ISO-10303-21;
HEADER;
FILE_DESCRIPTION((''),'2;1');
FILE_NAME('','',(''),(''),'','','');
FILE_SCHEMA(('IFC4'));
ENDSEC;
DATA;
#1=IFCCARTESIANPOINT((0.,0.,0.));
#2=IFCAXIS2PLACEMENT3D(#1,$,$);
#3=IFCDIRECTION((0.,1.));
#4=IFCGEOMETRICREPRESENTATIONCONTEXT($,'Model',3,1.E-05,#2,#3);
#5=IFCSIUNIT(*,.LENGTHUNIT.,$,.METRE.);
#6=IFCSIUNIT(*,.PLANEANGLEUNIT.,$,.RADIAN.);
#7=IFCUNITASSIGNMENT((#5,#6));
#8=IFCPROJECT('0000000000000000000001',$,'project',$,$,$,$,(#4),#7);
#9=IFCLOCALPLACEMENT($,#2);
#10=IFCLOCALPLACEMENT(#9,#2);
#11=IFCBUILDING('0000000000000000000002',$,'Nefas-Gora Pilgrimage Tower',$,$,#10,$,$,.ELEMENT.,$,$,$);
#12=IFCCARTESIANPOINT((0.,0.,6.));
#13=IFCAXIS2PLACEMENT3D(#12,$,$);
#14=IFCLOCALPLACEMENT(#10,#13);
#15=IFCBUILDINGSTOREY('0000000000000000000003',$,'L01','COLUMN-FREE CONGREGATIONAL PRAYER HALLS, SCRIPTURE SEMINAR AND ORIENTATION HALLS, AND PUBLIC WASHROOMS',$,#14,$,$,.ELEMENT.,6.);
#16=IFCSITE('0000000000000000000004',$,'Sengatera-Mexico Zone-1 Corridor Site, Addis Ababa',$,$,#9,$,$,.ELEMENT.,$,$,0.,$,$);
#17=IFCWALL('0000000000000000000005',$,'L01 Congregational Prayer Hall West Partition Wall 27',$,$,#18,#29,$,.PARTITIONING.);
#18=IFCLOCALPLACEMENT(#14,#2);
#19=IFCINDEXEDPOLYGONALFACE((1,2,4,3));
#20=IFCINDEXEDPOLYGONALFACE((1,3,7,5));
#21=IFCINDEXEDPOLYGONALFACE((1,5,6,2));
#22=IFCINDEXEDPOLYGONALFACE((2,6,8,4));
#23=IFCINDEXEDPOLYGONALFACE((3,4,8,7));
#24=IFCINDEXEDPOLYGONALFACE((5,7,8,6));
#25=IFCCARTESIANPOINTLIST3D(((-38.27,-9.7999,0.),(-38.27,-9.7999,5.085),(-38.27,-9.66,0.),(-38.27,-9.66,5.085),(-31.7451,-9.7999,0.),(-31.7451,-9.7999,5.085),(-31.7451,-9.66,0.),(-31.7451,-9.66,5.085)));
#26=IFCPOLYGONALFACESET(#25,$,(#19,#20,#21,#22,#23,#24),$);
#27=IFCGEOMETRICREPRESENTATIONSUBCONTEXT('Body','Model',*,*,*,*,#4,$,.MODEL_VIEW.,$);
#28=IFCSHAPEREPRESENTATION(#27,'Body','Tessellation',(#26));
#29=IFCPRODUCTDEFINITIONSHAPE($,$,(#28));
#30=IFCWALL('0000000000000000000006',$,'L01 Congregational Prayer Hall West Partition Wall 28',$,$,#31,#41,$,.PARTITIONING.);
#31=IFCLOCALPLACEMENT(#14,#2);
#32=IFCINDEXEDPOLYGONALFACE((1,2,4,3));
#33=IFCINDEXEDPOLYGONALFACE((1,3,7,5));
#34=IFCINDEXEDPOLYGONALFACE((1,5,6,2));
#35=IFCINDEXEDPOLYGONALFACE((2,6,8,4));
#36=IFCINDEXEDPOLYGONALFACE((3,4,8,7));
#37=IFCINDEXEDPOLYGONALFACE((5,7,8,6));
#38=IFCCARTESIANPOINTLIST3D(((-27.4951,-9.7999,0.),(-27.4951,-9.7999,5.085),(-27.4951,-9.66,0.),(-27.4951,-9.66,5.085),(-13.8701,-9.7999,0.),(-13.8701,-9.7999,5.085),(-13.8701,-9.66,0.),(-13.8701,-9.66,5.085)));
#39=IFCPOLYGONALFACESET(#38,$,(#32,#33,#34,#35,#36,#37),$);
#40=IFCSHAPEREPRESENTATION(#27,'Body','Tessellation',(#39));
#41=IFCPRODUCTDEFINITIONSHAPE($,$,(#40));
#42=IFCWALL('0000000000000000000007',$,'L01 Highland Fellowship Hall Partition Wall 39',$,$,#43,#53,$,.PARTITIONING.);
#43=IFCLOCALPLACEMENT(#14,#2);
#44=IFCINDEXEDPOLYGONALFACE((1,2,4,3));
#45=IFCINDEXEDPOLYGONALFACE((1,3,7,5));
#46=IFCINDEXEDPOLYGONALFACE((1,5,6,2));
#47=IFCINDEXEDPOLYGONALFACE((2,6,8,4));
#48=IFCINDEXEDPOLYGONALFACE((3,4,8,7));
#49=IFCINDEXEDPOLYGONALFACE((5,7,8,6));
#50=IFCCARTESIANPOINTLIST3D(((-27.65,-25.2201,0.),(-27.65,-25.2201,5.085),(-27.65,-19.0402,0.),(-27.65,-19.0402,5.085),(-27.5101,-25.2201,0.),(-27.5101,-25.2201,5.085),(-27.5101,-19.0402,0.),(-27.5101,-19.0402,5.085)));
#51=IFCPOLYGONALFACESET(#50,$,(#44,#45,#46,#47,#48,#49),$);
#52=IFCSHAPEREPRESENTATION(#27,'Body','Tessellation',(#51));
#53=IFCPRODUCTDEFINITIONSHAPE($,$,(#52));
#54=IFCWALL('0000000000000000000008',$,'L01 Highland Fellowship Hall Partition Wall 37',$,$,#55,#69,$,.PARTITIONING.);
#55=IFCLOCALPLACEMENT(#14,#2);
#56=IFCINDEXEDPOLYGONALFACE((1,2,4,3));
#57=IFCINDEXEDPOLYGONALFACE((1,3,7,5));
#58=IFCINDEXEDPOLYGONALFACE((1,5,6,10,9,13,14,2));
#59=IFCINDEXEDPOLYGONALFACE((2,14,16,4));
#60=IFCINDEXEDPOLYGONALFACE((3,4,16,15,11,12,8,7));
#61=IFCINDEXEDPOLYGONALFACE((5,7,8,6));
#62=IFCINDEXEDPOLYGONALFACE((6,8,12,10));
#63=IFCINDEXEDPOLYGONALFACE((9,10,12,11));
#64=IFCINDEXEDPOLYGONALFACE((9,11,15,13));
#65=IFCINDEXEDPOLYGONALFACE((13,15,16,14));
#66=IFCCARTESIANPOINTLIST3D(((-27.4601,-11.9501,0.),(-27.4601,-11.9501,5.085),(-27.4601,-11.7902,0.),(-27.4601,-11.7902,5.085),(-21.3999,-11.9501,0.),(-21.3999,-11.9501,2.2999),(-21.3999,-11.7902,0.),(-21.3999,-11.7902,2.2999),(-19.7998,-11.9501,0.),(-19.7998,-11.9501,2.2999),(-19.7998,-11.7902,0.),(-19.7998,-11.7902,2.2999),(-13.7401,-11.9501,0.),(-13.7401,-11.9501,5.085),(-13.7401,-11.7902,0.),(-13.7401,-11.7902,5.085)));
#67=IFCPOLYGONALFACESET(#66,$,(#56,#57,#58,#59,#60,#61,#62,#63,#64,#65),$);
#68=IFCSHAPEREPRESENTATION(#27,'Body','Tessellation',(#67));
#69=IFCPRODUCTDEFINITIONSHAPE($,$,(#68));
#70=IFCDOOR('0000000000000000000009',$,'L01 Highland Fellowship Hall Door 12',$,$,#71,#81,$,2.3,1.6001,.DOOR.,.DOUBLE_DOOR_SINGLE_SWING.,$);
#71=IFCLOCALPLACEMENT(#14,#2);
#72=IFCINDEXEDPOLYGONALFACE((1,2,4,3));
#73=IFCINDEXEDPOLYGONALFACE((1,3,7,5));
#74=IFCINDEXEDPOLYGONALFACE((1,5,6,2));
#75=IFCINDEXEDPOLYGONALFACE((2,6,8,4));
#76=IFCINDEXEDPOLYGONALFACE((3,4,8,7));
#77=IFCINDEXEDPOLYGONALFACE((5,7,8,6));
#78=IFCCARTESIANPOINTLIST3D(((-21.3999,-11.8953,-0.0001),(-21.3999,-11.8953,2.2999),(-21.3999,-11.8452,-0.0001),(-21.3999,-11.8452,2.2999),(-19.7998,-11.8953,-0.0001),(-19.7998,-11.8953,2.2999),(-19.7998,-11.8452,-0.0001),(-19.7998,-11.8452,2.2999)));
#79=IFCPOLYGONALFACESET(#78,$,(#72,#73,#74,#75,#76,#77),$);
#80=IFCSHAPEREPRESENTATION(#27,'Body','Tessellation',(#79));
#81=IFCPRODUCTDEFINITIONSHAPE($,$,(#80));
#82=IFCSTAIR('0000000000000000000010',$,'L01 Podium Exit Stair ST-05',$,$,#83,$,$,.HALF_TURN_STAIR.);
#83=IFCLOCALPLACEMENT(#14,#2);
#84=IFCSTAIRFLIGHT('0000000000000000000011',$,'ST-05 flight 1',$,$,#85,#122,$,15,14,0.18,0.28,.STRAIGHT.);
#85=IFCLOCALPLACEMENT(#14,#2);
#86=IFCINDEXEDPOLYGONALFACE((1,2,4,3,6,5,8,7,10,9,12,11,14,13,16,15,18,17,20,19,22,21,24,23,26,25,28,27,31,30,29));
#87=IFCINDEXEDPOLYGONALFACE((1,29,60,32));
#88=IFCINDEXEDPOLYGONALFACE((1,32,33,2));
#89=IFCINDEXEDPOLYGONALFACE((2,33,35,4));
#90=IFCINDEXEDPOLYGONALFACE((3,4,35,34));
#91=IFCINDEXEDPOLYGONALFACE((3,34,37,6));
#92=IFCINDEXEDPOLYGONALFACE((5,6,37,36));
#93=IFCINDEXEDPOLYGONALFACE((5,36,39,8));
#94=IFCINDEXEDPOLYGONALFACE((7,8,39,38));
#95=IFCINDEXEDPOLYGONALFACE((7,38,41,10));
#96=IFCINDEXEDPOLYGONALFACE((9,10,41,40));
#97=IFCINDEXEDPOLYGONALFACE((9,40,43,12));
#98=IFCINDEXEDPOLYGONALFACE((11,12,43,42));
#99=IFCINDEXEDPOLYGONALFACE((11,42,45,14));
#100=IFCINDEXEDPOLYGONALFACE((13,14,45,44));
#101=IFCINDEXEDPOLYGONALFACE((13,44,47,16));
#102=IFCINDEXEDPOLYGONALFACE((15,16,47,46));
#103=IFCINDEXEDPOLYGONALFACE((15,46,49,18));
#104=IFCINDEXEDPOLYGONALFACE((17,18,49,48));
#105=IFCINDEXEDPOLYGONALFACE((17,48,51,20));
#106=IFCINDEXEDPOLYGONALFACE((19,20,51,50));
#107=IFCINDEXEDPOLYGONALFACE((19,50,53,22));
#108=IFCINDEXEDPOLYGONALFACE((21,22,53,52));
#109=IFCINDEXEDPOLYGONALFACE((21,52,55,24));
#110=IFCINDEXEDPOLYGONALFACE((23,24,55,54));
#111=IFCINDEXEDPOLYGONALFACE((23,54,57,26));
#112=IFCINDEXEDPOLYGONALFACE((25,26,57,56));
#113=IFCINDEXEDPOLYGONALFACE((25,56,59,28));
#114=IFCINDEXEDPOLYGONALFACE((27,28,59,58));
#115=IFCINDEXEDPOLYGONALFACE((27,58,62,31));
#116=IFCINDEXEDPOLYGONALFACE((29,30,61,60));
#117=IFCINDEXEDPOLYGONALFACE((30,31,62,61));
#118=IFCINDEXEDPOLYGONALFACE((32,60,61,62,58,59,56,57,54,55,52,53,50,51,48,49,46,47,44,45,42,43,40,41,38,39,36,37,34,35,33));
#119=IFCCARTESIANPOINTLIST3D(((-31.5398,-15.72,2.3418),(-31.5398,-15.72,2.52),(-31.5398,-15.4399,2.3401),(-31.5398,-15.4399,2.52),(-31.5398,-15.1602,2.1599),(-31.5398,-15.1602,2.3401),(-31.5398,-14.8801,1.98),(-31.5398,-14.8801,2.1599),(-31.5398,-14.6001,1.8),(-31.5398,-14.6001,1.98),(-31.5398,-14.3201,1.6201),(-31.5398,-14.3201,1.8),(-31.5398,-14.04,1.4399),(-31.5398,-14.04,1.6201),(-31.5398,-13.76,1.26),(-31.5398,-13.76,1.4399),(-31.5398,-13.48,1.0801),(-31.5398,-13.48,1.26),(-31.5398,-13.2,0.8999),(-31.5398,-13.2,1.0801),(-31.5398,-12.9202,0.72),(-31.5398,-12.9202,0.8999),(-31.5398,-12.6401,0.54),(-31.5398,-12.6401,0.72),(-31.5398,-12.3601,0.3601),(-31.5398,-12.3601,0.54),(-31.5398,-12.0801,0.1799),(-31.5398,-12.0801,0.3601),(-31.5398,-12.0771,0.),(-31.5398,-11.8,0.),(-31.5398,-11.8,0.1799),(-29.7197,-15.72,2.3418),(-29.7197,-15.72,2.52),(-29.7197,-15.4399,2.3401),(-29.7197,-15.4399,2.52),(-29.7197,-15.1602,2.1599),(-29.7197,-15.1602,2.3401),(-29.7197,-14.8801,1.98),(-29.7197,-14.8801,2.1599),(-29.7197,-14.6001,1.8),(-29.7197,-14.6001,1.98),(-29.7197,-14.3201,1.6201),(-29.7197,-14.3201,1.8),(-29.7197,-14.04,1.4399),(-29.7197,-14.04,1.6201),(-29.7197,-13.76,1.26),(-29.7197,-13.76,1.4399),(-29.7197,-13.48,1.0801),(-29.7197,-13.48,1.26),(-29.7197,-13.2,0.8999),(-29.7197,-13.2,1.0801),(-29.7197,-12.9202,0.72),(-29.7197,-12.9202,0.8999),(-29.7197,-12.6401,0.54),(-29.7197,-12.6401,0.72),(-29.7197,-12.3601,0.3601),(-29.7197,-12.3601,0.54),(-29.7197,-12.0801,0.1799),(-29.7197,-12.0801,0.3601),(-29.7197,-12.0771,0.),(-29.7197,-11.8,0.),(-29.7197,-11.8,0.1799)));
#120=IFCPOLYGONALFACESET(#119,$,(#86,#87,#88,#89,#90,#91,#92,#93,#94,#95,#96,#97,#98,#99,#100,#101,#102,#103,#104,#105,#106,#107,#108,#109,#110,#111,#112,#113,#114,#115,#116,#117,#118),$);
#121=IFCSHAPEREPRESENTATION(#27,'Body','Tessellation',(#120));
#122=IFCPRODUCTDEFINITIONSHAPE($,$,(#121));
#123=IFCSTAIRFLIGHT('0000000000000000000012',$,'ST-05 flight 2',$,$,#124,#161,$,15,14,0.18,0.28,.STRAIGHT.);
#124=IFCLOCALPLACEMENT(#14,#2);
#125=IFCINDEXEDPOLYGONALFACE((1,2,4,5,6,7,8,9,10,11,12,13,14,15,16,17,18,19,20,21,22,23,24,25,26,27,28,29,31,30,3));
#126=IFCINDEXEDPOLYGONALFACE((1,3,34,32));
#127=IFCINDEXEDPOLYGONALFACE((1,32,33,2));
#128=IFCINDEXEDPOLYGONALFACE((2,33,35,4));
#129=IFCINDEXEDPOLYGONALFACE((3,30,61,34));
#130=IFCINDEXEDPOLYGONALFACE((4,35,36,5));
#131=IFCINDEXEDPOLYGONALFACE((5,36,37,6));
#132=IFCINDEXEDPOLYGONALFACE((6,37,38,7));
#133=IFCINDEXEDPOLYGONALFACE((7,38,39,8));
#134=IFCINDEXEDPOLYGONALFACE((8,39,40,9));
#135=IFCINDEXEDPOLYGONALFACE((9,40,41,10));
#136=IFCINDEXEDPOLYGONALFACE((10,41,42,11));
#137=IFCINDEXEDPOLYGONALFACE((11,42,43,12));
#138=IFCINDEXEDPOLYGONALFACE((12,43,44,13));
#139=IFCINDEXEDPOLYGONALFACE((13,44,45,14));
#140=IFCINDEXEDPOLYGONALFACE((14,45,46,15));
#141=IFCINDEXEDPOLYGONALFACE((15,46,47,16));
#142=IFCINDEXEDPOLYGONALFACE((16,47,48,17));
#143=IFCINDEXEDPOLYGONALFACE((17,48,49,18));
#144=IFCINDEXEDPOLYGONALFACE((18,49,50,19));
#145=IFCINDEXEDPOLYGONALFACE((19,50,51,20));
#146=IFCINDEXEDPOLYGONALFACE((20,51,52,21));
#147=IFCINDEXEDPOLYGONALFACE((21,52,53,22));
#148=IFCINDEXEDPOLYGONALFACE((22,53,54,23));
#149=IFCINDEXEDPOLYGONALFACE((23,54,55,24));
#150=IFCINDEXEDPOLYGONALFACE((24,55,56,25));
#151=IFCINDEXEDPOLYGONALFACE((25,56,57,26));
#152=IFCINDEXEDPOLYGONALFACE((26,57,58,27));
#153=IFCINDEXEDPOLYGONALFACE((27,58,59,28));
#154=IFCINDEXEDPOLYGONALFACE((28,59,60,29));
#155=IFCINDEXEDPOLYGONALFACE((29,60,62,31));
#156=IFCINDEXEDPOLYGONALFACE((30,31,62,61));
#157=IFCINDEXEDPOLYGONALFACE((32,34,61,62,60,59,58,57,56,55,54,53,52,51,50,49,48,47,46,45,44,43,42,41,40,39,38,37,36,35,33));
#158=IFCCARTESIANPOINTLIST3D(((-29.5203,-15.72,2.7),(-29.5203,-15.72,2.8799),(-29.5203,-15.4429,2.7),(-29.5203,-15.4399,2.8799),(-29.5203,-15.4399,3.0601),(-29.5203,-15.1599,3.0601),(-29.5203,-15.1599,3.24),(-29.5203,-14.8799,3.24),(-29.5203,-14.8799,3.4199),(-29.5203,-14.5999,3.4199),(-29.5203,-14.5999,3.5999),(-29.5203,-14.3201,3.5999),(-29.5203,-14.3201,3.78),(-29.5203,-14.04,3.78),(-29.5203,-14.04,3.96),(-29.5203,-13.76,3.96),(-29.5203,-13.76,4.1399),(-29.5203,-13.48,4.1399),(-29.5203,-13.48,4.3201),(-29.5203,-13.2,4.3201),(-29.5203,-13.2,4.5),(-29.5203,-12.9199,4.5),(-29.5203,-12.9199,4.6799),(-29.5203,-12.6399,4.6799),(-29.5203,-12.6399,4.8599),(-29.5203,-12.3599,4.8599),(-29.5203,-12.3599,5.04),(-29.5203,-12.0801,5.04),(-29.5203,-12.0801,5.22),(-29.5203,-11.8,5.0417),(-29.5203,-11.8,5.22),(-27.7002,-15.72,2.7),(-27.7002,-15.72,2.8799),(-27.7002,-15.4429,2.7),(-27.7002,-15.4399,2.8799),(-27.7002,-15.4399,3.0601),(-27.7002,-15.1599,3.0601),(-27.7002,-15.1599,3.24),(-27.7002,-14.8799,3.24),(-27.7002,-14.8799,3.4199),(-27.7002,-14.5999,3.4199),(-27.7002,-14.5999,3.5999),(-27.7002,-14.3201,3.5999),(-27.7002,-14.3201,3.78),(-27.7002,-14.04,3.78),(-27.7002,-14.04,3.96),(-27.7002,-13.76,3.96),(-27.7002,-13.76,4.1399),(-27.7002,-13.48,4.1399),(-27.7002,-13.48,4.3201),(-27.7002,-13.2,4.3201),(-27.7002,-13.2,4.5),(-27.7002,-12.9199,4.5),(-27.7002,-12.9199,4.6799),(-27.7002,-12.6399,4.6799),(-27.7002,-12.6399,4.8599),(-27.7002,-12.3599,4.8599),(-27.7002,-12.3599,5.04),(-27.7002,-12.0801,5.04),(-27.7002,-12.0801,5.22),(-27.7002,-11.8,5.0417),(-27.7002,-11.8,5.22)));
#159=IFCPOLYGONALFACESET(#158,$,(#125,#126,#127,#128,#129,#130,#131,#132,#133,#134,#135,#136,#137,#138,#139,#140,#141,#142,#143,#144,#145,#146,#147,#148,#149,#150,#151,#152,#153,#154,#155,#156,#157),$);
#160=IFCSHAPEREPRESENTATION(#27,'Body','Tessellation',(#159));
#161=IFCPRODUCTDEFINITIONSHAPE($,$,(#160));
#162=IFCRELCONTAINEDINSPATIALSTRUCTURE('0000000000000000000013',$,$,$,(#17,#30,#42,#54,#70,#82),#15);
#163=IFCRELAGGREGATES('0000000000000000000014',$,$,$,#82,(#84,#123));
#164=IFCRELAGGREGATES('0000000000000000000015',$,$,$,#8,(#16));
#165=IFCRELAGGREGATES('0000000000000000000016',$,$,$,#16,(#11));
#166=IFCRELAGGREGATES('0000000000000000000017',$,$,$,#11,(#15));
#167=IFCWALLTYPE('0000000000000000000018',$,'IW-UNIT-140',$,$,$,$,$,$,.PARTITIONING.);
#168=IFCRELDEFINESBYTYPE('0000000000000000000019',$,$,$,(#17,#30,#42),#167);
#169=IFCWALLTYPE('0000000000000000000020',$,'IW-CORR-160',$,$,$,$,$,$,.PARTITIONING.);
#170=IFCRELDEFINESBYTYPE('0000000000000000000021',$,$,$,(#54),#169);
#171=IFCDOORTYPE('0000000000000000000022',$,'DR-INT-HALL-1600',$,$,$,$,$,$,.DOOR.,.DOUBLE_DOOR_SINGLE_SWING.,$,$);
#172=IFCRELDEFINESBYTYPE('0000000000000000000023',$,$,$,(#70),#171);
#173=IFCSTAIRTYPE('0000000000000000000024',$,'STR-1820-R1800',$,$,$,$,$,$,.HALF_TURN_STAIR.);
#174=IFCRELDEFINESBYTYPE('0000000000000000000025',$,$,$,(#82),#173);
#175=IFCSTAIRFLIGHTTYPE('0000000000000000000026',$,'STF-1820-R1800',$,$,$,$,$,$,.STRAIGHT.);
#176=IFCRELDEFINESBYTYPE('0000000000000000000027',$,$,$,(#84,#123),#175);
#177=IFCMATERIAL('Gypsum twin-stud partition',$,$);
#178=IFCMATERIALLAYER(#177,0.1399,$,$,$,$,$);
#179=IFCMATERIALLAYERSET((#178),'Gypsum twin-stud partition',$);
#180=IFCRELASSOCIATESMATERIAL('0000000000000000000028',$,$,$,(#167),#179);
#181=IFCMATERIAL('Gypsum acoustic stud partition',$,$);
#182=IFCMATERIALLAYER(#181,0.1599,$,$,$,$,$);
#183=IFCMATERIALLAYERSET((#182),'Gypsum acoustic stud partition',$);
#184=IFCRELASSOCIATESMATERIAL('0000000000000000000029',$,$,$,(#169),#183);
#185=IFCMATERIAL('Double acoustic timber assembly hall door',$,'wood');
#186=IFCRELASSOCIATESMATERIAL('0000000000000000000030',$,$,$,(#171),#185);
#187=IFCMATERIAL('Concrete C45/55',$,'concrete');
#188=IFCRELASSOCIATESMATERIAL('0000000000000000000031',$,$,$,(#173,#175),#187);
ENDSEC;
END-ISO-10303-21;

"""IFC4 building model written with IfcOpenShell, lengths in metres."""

from ifc_helpers import new_model, si_unit, direction, frame, frame_2d, origin, place, context, subcontext, project, spatial, polyline, rectangle, outline, extrude, source, transform, mapped, material, layer, layer_set, type_object, element, fill, aggregate, save


model = new_model("IFC4")

# Units and contexts
model_context = context("Model", 3, precision=1e-05, world=origin(), true_north=direction((0.0, 1.0)))
body_context = subcontext(model_context, "Body", "Model", "MODEL_VIEW")
ifc_project = project(units=[si_unit("LENGTHUNIT", "METRE"), si_unit("PLANEANGLEUNIT", "RADIAN")], contexts=[model_context])

# Site, building, storey
site_placement = place(None, origin())
site = spatial("IfcSite", under=ifc_project, at=site_placement, Name="Sengatera-Mexico Zone-1 Corridor Site, Addis Ababa", CompositionType="ELEMENT", RefElevation=0.0)
building_placement = place(site_placement, origin())
building = spatial("IfcBuilding", under=site, at=building_placement, Name="Nefas-Gora Pilgrimage Tower", CompositionType="ELEMENT")
storey_placement = place(building_placement, frame((0.0, 0.0, 6.0)))
storey = spatial("IfcBuildingStorey", under=building, at=storey_placement, Name="L01", Description="COLUMN-FREE CONGREGATIONAL PRAYER HALLS, SCRIPTURE SEMINAR AND ORIENTATION HALLS, AND PUBLIC WASHROOMS", CompositionType="ELEMENT", Elevation=6.0)

# Shared definitions
ifc_material_1 = material(Name="Concrete C45/55", Category="concrete")

# Walls
ifc_material_2 = material(Name="Gypsum twin-stud partition")
ifc_layer_1 = layer(ifc_material_2, 0.1399)
ifc_layer_set_1 = layer_set([ifc_layer_1], Name="Gypsum twin-stud partition")
wall_type_1 = type_object("IfcWallType", Name="IW-UNIT-140", PredefinedType="PARTITIONING", material=ifc_layer_set_1)
shared_shape_1 = source(origin(), body_context, "Body", "SweptSolid", [
    extrude(rectangle(XDim=6.5249, YDim=0.1399, at=frame_2d((3.2625, 0.0))), origin(), (0.0, 0.0, 1.0), 5.085),
])
wall_1_placement = place(storey_placement, frame((-38.27, -9.73, 0.0), z_axis=(0.0, 0.0, 1.0), x_axis=(1.0, 0.0, 0.0)))
element("IfcWall", 1, at=wall_1_placement, inside=storey, type_object=wall_type_1, Name="L01 Congregational Prayer Hall West Partition Wall 27", PredefinedType="PARTITIONING", context=body_context, shape_type="MappedRepresentation", body=[
    mapped(shared_shape_1, transform((0.0, 0.0, 0.0), x_axis=(1.0, 0.0, 0.0), y_axis=(0.0, 1.0, 0.0), z_axis=(0.0, 0.0, 1.0), scale=1.0)),
])
shared_shape_2 = source(origin(), body_context, "Body", "SweptSolid", [
    extrude(rectangle(XDim=13.625, YDim=0.1399, at=frame_2d((6.8125, 0.0))), origin(), (0.0, 0.0, 1.0), 5.085),
])
wall_2_placement = place(storey_placement, frame((-27.4951, -9.73, 0.0), z_axis=(0.0, 0.0, 1.0), x_axis=(1.0, 0.0, 0.0)))
element("IfcWall", 2, at=wall_2_placement, inside=storey, type_object=wall_type_1, Name="L01 Congregational Prayer Hall West Partition Wall 28", PredefinedType="PARTITIONING", context=body_context, shape_type="MappedRepresentation", body=[
    mapped(shared_shape_2, transform((0.0, 0.0, 0.0), x_axis=(1.0, 0.0, 0.0), y_axis=(0.0, 1.0, 0.0), z_axis=(0.0, 0.0, 1.0), scale=1.0)),
])
shared_shape_3 = source(origin(), body_context, "Body", "SweptSolid", [
    extrude(rectangle(XDim=6.1799, YDim=0.1399, at=frame_2d((3.0898, 0.0))), origin(), (0.0, 0.0, 1.0), 5.085),
])
wall_3_placement = place(storey_placement, frame((-27.5801, -25.22, 0.0), z_axis=(0.0, 0.0, 1.0), x_axis=(0.0, 1.0, 0.0)))
element("IfcWall", 3, at=wall_3_placement, inside=storey, type_object=wall_type_1, Name="L01 Highland Fellowship Hall Partition Wall 39", PredefinedType="PARTITIONING", context=body_context, shape_type="MappedRepresentation", body=[
    mapped(shared_shape_3, transform((0.0, 0.0, 0.0), x_axis=(1.0, 0.0, 0.0), y_axis=(0.0, 1.0, 0.0), z_axis=(0.0, 0.0, 1.0), scale=1.0)),
])

# Wall, opening, door
ifc_material_3 = material(Name="Gypsum acoustic stud partition")
ifc_layer_2 = layer(ifc_material_3, 0.1599)
ifc_layer_set_2 = layer_set([ifc_layer_2], Name="Gypsum acoustic stud partition")
wall_type_2 = type_object("IfcWallType", Name="IW-CORR-160", PredefinedType="PARTITIONING", material=ifc_layer_set_2)
shared_shape_4 = source(origin(), body_context, "Body", "SweptSolid", [
    extrude(rectangle(XDim=13.72, YDim=0.1599, at=frame_2d((6.8599, 0.0))), origin(), (0.0, 0.0, 1.0), 5.085),
])
wall_4_placement = place(storey_placement, frame((-27.46, -11.8701, 0.0), z_axis=(0.0, 0.0, 1.0), x_axis=(1.0, 0.0, 0.0)))
wall_4 = element("IfcWall", 4, at=wall_4_placement, inside=storey, type_object=wall_type_2, Name="L01 Highland Fellowship Hall Partition Wall 37", PredefinedType="PARTITIONING", context=body_context, shape_type="MappedRepresentation", body=[
    mapped(shared_shape_4, transform((0.0, 0.0, 0.0), x_axis=(1.0, 0.0, 0.0), y_axis=(0.0, 1.0, 0.0), z_axis=(0.0, 0.0, 1.0), scale=1.0)),
])
opening_1_placement = place(wall_4_placement, frame((6.0601, 0.0, 0.0)))
opening_1 = element("IfcOpeningElement", 5, at=opening_1_placement, cuts=wall_4, PredefinedType="OPENING", context=body_context, shape_type="SweptSolid", body=[
    extrude(rectangle(XDim=1.6001, YDim=2.3, at=frame_2d((0.8, 1.1499))), frame((0.0, 0.0898, 0.0), z_axis=(0.0, -1.0, 0.0), x_axis=(1.0, 0.0, 0.0)), (0.0, 0.0, 1.0), 0.1799),
])
ifc_material_4 = material(Name="Double acoustic timber assembly hall door", Category="wood")
door_type_1 = type_object("IfcDoorType", Name="DR-INT-HALL-1600", OperationType="DOUBLE_DOOR_SINGLE_SWING", PredefinedType="DOOR", material=ifc_material_4)
shared_shape_5 = source(origin(), body_context, "Body", "SweptSolid", [
    extrude(rectangle(XDim=1.6001, YDim=2.3, at=frame_2d((0.8, 1.1499))), frame((0.0, 0.0249, 0.0), z_axis=(0.0, -1.0, 0.0), x_axis=(1.0, 0.0, 0.0)), (0.0, 0.0, 1.0), 0.05),
])
door_1_placement = place(opening_1_placement, origin())
door_1 = element("IfcDoor", 6, at=door_1_placement, inside=storey, type_object=door_type_1, Name="L01 Highland Fellowship Hall Door 12", OperationType="DOUBLE_DOOR_SINGLE_SWING", OverallHeight=2.3, OverallWidth=1.6001, PredefinedType="DOOR", context=body_context, shape_type="MappedRepresentation", body=[
    mapped(shared_shape_5, transform((0.0, 0.0, 0.0), x_axis=(1.0, 0.0, 0.0), y_axis=(0.0, 1.0, 0.0), z_axis=(0.0, 0.0, 1.0), scale=1.0)),
])
fill(opening_1, door_1)

# Stair, stair flights
stair_type = type_object("IfcStairType", Name="STR-1820-R1800", PredefinedType="HALF_TURN_STAIR", material=ifc_material_1)
stair_placement = place(storey_placement, origin())
stair = element("IfcStair", 7, at=stair_placement, inside=storey, type_object=stair_type, Name="L01 Podium Exit Stair ST-05", PredefinedType="HALF_TURN_STAIR")
stair_flight_type = type_object("IfcStairFlightType", Name="STF-1820-R1800", PredefinedType="STRAIGHT", material=ifc_material_1)
shared_shape_6 = source(origin(), body_context, "Body", "SweptSolid", [
    extrude(outline(polyline([(0.0, 0.0), (0.0, 0.1799), (0.28, 0.1799), (0.28, 0.3601), (0.5601, 0.3601), (0.5601, 0.54), (0.8401, 0.54), (0.8401, 0.72), (1.1201, 0.72), (1.1201, 0.8999), (1.3999, 0.8999), (1.3999, 1.0801), (1.6799, 1.0801), (1.6799, 1.26), (1.96, 1.26), (1.96, 1.4399), (2.24, 1.4399), (2.24, 1.6201), (2.52, 1.6201), (2.52, 1.8), (2.8, 1.8), (2.8, 1.98), (3.0801, 1.98), (3.0801, 2.1599), (3.3601, 2.1599), (3.3601, 2.3401), (3.6399, 2.3401), (3.6399, 2.52), (3.9199, 2.52), (3.9199, 2.7), (3.9199, 2.3418), (0.2771, 0.0), (0.0, 0.0)])), frame((0.0, 0.9102, 0.0), z_axis=(0.0, -1.0, 0.0), x_axis=(1.0, 0.0, 0.0)), (0.0, 0.0, 1.0), 1.8201),
])
stair_flight_1_placement = place(storey_placement, frame((-30.6299, -11.8, 0.0), z_axis=(0.0, 0.0, 1.0), x_axis=(0.0, -1.0, 0.0)))
stair_flight_1 = element("IfcStairFlight", 8, at=stair_flight_1_placement, type_object=stair_flight_type, Name="ST-05 flight 1", NumberOfRisers=15, NumberOfTreads=14, PredefinedType="STRAIGHT", RiserHeight=0.18, TreadLength=0.28, context=body_context, shape_type="MappedRepresentation", body=[
    mapped(shared_shape_6, transform((0.0, 0.0, 0.0), x_axis=(1.0, 0.0, 0.0), y_axis=(0.0, 1.0, 0.0), z_axis=(0.0, 0.0, 1.0), scale=1.0)),
])
stair_flight_2_placement = place(storey_placement, frame((-28.6101, -15.72, 2.7), z_axis=(0.0, 0.0, 1.0), x_axis=(0.0, 1.0, 0.0)))
stair_flight_2 = element("IfcStairFlight", 9, at=stair_flight_2_placement, type_object=stair_flight_type, Name="ST-05 flight 2", NumberOfRisers=15, NumberOfTreads=14, PredefinedType="STRAIGHT", RiserHeight=0.18, TreadLength=0.28, context=body_context, shape_type="MappedRepresentation", body=[
    mapped(shared_shape_6, transform((0.0, 0.0, 0.0), x_axis=(1.0, 0.0, 0.0), y_axis=(0.0, 1.0, 0.0), z_axis=(0.0, 0.0, 1.0), scale=1.0)),
])
aggregate(stair, [stair_flight_1, stair_flight_2])

save(model, "model.ifc")
